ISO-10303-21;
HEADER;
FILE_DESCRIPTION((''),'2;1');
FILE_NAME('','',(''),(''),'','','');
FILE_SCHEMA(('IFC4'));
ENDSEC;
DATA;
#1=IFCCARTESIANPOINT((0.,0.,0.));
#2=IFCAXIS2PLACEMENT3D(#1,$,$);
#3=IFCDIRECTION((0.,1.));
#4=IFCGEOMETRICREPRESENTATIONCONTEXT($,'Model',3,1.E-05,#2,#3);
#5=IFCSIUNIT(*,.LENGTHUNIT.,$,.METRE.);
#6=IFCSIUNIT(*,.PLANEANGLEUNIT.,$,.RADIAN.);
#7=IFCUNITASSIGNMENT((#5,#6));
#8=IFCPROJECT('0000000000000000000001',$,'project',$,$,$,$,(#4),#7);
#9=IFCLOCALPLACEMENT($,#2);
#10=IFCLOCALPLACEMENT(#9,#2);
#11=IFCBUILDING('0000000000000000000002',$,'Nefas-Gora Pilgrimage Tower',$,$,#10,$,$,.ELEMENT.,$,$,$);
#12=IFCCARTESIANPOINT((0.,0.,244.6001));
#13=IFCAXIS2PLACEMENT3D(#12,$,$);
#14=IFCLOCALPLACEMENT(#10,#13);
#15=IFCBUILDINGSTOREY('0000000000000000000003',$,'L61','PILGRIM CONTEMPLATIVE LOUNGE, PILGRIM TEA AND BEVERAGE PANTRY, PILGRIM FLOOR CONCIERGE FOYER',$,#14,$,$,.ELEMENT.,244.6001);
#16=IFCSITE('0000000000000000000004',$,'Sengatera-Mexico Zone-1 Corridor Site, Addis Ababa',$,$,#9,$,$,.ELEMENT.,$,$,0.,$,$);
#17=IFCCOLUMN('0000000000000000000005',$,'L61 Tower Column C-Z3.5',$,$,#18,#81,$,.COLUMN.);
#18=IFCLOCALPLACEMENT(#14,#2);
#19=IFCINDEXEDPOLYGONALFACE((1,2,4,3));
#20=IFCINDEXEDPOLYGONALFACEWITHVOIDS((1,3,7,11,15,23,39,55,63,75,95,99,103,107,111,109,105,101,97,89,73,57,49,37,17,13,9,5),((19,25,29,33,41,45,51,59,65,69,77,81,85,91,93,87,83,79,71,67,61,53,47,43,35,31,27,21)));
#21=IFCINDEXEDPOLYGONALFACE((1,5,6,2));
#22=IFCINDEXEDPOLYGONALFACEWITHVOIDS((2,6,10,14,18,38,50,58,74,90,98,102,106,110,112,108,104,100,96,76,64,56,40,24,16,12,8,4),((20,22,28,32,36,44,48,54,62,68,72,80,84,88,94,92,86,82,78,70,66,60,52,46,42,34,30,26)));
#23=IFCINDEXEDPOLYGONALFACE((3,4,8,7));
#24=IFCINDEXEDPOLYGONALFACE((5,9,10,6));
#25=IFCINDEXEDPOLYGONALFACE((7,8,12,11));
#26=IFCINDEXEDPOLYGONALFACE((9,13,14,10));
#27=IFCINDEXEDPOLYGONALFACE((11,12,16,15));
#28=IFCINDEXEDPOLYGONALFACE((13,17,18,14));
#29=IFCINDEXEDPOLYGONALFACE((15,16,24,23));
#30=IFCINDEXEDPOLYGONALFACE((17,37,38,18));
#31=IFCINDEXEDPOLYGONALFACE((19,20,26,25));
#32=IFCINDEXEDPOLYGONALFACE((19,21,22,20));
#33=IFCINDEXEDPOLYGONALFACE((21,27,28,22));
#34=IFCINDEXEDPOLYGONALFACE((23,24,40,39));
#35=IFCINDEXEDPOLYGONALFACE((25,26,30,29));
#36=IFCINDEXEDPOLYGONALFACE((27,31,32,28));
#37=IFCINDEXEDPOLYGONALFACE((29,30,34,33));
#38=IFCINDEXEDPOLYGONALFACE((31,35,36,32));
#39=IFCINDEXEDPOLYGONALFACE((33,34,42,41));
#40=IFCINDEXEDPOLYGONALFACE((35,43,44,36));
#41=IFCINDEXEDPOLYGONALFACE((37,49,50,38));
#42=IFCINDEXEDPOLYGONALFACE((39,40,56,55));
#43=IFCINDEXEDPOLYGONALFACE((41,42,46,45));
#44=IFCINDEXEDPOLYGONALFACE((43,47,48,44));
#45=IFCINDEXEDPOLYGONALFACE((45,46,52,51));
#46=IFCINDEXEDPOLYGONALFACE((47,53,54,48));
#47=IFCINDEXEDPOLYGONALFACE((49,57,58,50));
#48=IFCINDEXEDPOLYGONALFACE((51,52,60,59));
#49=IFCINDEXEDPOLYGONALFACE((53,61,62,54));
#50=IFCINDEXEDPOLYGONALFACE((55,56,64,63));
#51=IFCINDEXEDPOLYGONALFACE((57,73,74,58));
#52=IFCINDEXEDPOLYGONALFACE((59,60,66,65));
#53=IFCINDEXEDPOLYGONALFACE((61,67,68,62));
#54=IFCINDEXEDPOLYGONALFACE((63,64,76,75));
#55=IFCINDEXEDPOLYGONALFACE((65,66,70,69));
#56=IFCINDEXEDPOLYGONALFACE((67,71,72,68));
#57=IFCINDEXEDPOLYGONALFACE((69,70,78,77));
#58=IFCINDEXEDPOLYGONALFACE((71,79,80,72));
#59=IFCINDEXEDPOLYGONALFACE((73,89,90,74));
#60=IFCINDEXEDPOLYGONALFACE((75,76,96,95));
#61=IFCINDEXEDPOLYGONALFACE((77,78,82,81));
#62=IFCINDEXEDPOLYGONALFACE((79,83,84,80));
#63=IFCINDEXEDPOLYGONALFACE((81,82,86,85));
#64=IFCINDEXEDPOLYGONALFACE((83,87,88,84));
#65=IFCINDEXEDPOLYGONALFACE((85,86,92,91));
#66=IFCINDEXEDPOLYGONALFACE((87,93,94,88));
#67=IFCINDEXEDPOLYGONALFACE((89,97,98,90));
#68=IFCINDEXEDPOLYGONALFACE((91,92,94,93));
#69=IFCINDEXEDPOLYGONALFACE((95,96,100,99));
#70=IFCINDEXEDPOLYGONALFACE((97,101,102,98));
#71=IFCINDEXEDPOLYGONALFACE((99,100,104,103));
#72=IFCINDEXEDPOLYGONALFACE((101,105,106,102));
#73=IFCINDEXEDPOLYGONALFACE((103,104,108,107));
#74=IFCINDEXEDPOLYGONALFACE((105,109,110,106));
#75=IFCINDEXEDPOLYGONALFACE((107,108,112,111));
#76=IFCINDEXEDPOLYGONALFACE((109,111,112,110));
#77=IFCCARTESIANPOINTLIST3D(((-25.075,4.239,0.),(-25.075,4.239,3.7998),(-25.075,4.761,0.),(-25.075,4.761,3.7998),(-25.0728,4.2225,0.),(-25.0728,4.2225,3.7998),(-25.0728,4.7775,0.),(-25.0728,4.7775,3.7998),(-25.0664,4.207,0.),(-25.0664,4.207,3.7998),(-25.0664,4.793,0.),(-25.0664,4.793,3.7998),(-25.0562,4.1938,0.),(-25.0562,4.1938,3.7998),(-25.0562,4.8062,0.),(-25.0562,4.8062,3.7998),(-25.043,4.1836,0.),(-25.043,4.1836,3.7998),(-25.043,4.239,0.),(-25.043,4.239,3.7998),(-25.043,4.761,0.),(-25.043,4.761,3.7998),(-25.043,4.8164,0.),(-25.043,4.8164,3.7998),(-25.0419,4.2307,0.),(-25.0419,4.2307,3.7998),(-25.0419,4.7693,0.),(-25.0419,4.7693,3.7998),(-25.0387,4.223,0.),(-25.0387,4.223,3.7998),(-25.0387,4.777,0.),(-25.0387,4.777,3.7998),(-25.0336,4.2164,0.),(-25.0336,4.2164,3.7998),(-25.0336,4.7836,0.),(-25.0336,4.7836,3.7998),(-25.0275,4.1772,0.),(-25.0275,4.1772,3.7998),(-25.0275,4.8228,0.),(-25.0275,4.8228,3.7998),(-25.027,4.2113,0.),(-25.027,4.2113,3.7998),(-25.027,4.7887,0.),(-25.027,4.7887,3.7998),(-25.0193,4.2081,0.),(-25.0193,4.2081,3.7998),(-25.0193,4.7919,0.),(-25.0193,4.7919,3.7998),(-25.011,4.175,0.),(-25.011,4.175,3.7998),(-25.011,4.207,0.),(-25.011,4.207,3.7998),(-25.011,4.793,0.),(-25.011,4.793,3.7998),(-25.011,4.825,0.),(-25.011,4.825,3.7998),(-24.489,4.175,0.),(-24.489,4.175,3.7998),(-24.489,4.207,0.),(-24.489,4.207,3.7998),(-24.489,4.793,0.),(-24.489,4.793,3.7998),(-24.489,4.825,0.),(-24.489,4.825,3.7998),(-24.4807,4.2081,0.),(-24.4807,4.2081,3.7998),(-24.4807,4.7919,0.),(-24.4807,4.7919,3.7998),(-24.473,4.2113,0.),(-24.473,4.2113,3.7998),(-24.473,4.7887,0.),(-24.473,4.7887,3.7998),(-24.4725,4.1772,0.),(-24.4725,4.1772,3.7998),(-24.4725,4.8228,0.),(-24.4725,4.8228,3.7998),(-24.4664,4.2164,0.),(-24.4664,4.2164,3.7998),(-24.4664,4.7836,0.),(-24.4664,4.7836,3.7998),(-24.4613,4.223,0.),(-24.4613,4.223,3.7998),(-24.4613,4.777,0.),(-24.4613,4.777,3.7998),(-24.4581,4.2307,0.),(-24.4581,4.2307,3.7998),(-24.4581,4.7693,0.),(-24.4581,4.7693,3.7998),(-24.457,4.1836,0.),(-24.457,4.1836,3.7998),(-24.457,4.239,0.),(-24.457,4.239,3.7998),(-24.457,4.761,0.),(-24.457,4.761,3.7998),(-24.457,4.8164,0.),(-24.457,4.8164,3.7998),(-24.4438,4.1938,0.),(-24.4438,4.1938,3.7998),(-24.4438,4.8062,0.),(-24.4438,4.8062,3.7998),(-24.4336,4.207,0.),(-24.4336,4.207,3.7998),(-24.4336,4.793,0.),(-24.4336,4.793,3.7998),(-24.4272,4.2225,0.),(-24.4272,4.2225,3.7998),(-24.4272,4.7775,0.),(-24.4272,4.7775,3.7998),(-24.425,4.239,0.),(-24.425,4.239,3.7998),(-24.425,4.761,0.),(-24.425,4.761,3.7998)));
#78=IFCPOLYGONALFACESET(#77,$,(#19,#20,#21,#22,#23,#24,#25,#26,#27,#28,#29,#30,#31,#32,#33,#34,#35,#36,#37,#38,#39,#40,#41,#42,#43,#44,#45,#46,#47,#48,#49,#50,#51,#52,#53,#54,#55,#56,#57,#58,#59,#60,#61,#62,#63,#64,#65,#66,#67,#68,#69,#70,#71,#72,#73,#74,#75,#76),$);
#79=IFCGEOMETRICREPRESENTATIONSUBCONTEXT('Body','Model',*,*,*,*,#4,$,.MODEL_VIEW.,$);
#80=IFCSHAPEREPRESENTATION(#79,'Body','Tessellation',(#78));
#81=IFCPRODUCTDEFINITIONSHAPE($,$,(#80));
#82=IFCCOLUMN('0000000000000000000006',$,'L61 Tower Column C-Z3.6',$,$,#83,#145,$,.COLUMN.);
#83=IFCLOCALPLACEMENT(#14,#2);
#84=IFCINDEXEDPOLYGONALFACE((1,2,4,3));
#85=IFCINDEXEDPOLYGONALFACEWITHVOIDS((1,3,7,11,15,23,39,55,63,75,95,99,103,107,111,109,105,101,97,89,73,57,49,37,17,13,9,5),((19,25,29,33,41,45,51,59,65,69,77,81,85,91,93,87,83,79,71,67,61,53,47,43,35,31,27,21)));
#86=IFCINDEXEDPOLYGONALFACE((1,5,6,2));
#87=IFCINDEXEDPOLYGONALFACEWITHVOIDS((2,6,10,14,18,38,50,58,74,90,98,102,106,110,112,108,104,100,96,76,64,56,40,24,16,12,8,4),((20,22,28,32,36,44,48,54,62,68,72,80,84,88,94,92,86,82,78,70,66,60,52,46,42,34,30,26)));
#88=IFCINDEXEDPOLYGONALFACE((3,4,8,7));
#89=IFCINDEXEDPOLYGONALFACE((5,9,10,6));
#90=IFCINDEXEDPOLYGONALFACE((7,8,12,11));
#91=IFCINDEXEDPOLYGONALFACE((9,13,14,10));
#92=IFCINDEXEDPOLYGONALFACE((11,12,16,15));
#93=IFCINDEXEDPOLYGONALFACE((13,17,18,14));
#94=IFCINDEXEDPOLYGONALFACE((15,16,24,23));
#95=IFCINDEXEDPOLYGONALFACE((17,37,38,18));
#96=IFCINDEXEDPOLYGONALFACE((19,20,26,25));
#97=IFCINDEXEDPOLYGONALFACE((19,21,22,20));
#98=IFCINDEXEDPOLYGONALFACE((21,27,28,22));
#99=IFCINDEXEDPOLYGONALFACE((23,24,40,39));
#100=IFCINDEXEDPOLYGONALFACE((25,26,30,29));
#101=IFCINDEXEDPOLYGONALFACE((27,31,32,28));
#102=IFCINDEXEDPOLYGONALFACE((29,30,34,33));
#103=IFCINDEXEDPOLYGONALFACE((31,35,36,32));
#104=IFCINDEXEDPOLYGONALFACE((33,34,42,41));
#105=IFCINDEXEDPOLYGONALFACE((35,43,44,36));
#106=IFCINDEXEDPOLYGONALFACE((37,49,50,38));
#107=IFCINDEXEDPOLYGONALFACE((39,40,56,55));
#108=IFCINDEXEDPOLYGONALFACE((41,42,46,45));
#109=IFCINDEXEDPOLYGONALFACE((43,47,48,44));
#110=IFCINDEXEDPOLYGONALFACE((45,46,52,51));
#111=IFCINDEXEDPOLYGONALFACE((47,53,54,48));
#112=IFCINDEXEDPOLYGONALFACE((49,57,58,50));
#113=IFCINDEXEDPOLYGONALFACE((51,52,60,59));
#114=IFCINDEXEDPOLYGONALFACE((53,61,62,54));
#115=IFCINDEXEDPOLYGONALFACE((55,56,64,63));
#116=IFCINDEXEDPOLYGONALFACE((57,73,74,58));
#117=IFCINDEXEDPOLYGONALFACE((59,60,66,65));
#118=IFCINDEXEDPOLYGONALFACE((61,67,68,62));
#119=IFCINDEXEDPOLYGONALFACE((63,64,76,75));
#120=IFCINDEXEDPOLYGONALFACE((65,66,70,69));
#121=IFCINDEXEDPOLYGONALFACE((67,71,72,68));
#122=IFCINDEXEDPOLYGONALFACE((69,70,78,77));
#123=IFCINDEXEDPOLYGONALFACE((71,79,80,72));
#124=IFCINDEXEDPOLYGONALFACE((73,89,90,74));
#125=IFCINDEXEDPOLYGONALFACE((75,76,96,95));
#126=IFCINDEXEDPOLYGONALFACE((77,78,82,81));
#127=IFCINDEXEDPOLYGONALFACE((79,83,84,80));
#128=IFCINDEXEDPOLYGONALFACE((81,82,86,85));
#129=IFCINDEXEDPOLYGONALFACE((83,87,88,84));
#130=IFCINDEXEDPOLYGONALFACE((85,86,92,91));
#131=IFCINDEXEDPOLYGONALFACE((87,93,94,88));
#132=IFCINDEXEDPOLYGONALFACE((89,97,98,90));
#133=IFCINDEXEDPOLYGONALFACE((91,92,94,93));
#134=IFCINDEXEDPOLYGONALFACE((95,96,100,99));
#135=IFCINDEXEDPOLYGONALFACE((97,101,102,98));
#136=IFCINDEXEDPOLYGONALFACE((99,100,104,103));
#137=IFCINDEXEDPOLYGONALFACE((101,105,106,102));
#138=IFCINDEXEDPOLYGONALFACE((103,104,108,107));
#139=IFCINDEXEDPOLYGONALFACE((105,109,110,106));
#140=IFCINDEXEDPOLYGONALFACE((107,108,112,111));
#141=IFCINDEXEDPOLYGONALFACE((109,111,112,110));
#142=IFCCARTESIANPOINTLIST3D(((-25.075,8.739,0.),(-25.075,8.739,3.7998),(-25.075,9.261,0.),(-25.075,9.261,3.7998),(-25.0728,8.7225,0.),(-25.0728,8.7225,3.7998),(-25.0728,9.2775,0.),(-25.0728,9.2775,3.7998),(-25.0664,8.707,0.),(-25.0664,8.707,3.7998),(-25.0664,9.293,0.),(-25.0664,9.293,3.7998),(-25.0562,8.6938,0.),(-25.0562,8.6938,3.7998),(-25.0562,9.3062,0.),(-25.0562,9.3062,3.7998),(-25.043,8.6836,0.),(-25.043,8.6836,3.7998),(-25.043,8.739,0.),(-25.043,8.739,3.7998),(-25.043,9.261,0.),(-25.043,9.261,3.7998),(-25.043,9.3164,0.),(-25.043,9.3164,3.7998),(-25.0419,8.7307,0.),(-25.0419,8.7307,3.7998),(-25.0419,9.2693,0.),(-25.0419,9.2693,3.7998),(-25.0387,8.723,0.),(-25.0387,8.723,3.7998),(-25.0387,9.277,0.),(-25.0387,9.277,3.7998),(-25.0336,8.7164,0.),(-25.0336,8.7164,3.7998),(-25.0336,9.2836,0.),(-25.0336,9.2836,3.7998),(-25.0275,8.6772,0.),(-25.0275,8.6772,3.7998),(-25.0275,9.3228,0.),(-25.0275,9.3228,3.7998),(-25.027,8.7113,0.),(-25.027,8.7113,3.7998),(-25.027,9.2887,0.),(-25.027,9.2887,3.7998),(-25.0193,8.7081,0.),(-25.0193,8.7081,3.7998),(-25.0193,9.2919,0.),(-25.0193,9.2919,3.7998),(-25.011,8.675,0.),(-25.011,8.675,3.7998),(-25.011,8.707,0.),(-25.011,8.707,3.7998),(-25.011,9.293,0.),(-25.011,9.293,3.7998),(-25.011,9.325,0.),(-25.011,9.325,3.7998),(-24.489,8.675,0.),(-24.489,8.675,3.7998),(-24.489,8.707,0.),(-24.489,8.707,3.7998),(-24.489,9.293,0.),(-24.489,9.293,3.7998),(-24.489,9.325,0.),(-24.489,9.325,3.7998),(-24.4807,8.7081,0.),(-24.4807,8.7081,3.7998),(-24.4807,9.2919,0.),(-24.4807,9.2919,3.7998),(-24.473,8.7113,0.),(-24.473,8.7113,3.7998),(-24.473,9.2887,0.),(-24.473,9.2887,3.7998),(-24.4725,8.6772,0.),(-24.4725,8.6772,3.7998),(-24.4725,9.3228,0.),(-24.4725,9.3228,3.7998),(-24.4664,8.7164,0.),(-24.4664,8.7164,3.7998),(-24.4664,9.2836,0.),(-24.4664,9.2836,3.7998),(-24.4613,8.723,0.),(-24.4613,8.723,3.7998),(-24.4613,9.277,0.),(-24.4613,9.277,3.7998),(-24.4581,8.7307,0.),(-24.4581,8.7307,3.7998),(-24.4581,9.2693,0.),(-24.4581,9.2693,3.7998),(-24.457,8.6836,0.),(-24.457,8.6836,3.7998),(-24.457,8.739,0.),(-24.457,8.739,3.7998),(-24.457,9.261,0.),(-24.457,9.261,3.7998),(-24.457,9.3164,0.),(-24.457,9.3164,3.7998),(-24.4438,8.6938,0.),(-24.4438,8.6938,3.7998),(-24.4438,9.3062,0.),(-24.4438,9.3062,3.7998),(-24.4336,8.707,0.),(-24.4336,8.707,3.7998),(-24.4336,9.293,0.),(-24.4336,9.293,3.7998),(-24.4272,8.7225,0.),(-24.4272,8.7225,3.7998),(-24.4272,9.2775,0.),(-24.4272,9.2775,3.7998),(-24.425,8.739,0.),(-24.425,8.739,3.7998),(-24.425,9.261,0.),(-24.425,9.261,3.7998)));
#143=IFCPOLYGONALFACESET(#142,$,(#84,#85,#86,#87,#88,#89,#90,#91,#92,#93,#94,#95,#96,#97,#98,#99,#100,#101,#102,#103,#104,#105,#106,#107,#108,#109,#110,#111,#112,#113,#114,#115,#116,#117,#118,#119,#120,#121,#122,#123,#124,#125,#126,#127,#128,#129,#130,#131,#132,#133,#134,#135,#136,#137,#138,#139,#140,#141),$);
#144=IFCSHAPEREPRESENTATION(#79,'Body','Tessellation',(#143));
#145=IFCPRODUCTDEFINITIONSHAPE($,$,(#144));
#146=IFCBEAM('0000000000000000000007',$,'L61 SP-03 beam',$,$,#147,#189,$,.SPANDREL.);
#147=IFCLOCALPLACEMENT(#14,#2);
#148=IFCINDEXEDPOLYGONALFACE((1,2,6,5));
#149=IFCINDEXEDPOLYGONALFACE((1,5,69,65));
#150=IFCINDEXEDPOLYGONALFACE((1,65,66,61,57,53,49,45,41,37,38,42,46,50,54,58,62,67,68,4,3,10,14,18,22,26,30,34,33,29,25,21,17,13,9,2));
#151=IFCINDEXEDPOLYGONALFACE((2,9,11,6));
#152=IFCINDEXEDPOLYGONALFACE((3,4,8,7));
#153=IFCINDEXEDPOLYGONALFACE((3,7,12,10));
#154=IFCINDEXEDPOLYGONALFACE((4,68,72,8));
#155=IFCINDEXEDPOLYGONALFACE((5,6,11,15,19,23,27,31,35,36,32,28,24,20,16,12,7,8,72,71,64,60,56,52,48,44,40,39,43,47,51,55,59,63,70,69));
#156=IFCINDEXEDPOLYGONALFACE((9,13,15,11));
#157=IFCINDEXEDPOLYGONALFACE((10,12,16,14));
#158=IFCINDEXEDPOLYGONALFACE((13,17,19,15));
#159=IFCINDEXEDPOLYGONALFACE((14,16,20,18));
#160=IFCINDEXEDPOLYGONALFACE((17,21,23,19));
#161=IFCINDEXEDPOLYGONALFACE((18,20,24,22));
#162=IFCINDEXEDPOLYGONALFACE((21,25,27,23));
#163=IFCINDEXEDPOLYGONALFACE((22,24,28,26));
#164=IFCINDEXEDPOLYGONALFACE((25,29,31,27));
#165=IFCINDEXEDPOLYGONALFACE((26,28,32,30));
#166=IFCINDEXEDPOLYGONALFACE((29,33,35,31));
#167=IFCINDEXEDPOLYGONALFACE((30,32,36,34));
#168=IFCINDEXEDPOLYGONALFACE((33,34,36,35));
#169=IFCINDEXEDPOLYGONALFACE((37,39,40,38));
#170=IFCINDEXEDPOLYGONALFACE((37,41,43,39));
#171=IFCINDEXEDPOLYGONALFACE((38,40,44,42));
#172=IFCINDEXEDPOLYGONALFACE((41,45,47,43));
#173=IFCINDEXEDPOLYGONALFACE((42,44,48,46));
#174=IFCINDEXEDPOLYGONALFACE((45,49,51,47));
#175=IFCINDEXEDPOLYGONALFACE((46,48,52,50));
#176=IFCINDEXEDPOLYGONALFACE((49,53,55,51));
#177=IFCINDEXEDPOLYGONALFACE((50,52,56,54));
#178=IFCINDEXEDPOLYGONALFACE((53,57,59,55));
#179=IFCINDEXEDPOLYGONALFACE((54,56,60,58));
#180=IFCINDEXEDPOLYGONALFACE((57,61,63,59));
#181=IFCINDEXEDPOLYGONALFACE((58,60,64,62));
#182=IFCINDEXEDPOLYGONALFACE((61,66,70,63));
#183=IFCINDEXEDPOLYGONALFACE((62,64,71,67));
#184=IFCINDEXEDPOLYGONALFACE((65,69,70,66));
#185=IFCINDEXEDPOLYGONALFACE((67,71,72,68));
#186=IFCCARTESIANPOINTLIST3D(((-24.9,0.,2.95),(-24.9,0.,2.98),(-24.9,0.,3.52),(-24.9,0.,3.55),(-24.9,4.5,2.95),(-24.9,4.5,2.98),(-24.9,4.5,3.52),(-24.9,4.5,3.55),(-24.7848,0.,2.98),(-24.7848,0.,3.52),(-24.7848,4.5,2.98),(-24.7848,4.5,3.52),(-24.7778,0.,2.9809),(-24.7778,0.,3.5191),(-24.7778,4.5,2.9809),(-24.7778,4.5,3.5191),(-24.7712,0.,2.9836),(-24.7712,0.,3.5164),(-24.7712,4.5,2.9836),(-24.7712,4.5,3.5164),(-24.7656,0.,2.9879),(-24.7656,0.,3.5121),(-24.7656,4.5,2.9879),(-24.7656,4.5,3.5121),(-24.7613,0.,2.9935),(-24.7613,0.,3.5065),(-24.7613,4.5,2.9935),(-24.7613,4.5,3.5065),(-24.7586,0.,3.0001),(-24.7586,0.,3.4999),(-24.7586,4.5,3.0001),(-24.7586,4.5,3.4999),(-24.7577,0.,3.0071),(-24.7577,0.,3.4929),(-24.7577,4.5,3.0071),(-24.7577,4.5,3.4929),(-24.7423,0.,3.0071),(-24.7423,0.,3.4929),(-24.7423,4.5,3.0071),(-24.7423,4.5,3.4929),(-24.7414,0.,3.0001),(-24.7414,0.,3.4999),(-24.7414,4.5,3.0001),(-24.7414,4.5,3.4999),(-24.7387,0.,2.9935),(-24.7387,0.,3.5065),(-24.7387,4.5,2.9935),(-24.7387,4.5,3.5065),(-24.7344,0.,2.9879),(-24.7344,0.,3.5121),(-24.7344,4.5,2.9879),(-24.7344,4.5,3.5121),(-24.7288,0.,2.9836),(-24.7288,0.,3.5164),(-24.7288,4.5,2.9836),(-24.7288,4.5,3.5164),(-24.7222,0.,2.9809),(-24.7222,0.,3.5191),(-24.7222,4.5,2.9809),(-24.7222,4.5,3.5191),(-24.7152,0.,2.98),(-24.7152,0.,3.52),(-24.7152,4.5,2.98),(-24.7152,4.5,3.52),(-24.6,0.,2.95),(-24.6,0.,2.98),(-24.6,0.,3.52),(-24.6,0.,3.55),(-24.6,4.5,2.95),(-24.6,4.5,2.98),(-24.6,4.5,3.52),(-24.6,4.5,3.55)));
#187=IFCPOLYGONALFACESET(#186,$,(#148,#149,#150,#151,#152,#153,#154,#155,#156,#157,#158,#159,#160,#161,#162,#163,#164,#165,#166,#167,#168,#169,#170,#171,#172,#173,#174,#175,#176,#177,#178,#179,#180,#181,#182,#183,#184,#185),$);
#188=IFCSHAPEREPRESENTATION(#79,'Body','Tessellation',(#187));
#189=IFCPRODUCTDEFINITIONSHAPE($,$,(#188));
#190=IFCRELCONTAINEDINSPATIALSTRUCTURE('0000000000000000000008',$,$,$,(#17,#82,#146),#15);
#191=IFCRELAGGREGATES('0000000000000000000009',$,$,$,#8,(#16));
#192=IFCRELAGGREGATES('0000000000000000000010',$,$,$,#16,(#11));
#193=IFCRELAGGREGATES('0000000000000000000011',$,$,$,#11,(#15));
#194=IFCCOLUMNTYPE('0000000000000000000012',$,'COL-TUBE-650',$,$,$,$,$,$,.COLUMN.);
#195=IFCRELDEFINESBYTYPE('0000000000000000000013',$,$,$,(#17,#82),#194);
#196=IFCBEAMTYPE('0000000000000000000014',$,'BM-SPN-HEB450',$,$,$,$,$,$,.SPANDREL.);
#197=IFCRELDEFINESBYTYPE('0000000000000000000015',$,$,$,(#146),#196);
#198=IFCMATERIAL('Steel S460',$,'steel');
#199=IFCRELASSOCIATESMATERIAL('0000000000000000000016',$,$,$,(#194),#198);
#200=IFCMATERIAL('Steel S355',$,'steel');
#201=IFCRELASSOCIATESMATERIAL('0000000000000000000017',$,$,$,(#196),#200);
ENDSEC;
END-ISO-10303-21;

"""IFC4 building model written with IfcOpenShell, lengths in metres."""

from ifc_helpers import new_model, si_unit, direction, frame, origin, origin_2d, place, context, subcontext, project, spatial, hollow_rectangle, i_section, extrude, source, transform, mapped, material, material_profile, profile_set, type_object, element, save


model = new_model("IFC4")

# Units and contexts
model_context = context("Model", 3, precision=1e-05, world=origin(), true_north=direction((0.0, 1.0)))
body_context = subcontext(model_context, "Body", "Model", "MODEL_VIEW")
ifc_project = project(units=[si_unit("LENGTHUNIT", "METRE"), si_unit("PLANEANGLEUNIT", "RADIAN")], contexts=[model_context])

# Site, building, storey
site_placement = place(None, origin())
site = spatial("IfcSite", under=ifc_project, at=site_placement, Name="Sengatera-Mexico Zone-1 Corridor Site, Addis Ababa", CompositionType="ELEMENT", RefElevation=0.0)
building_placement = place(site_placement, origin())
building = spatial("IfcBuilding", under=site, at=building_placement, Name="Nefas-Gora Pilgrimage Tower", CompositionType="ELEMENT")
storey_placement = place(building_placement, frame((0.0, 0.0, 244.6001)))
storey = spatial("IfcBuildingStorey", under=building, at=storey_placement, Name="L61", Description="PILGRIM CONTEMPLATIVE LOUNGE, PILGRIM TEA AND BEVERAGE PANTRY, PILGRIM FLOOR CONCIERGE FOYER", CompositionType="ELEMENT", Elevation=244.6001)

# Columns
ifc_material_1 = material(Name="Steel S460", Category="steel")
ifc_material_profile_1 = material_profile(ifc_material_1, hollow_rectangle(XDim=0.6499, YDim=0.6499, WallThickness=0.032, InnerFilletRadius=0.032, OuterFilletRadius=0.064, at=origin_2d()), Name="BOX 650x650x32")
ifc_profile_set_1 = profile_set([ifc_material_profile_1], Name="Steel S460")
column_type_1 = type_object("IfcColumnType", Name="COL-TUBE-650", PredefinedType="COLUMN", material=ifc_profile_set_1)
shared_shape_1 = source(origin(), body_context, "Body", "SweptSolid", [
    extrude(hollow_rectangle(XDim=0.6499, YDim=0.6499, WallThickness=0.032, InnerFilletRadius=0.032, OuterFilletRadius=0.064, at=origin_2d()), origin(), (0.0, 0.0, 1.0), 3.7998),
])
for number, where, z_axis, x_axis, name in (
    (1, (-24.75, 4.5, 0.0), (0.0, 0.0, 1.0), (1.0, 0.0, 0.0), "L61 Tower Column C-Z3.5"),
    (2, (-24.75, 9.0, 0.0), (0.0, 0.0, 1.0), (1.0, 0.0, 0.0), "L61 Tower Column C-Z3.6"),
):
    element("IfcColumn", number, at=place(storey_placement, frame(where, z_axis=z_axis, x_axis=x_axis)), inside=storey, type_object=column_type_1, Name=name, PredefinedType="COLUMN", context=body_context, shape_type="MappedRepresentation", body=[
        mapped(shared_shape_1, transform((0.0, 0.0, 0.0), x_axis=(1.0, 0.0, 0.0), y_axis=(0.0, 1.0, 0.0), z_axis=(0.0, 0.0, 1.0), scale=1.0)),
    ])

# Beam
ifc_material_2 = material(Name="Steel S355", Category="steel")
ifc_material_profile_2 = material_profile(ifc_material_2, i_section(OverallWidth=0.3, OverallDepth=0.6001, WebThickness=0.0154, FlangeThickness=0.03, FilletRadius=0.0271, at=origin_2d()), Name="HEB 600")
ifc_profile_set_2 = profile_set([ifc_material_profile_2], Name="Steel S355")
beam_type_1 = type_object("IfcBeamType", Name="BM-SPN-HEB450", PredefinedType="SPANDREL", material=ifc_profile_set_2)
shared_shape_2 = source(origin(), body_context, "Body", "SweptSolid", [
    extrude(i_section(OverallWidth=0.3, OverallDepth=0.6001, WebThickness=0.0154, FlangeThickness=0.03, FilletRadius=0.0271, at=origin_2d()), origin(), (0.0, 0.0, 1.0), 4.5),
])
for number, where, z_axis, x_axis, name in (
    (3, (-24.75, 0.0, 3.25), (0.0, 1.0, 0.0), (-1.0, 0.0, 0.0), "L61 SP-03 beam"),
):
    element("IfcBeam", number, at=place(storey_placement, frame(where, z_axis=z_axis, x_axis=x_axis)), inside=storey, type_object=beam_type_1, Name=name, PredefinedType="SPANDREL", context=body_context, shape_type="MappedRepresentation", body=[
        mapped(shared_shape_2, transform((0.0, 0.0, 0.0), x_axis=(1.0, 0.0, 0.0), y_axis=(0.0, 1.0, 0.0), z_axis=(0.0, 0.0, 1.0), scale=1.0)),
    ])

save(model, "model.ifc")
